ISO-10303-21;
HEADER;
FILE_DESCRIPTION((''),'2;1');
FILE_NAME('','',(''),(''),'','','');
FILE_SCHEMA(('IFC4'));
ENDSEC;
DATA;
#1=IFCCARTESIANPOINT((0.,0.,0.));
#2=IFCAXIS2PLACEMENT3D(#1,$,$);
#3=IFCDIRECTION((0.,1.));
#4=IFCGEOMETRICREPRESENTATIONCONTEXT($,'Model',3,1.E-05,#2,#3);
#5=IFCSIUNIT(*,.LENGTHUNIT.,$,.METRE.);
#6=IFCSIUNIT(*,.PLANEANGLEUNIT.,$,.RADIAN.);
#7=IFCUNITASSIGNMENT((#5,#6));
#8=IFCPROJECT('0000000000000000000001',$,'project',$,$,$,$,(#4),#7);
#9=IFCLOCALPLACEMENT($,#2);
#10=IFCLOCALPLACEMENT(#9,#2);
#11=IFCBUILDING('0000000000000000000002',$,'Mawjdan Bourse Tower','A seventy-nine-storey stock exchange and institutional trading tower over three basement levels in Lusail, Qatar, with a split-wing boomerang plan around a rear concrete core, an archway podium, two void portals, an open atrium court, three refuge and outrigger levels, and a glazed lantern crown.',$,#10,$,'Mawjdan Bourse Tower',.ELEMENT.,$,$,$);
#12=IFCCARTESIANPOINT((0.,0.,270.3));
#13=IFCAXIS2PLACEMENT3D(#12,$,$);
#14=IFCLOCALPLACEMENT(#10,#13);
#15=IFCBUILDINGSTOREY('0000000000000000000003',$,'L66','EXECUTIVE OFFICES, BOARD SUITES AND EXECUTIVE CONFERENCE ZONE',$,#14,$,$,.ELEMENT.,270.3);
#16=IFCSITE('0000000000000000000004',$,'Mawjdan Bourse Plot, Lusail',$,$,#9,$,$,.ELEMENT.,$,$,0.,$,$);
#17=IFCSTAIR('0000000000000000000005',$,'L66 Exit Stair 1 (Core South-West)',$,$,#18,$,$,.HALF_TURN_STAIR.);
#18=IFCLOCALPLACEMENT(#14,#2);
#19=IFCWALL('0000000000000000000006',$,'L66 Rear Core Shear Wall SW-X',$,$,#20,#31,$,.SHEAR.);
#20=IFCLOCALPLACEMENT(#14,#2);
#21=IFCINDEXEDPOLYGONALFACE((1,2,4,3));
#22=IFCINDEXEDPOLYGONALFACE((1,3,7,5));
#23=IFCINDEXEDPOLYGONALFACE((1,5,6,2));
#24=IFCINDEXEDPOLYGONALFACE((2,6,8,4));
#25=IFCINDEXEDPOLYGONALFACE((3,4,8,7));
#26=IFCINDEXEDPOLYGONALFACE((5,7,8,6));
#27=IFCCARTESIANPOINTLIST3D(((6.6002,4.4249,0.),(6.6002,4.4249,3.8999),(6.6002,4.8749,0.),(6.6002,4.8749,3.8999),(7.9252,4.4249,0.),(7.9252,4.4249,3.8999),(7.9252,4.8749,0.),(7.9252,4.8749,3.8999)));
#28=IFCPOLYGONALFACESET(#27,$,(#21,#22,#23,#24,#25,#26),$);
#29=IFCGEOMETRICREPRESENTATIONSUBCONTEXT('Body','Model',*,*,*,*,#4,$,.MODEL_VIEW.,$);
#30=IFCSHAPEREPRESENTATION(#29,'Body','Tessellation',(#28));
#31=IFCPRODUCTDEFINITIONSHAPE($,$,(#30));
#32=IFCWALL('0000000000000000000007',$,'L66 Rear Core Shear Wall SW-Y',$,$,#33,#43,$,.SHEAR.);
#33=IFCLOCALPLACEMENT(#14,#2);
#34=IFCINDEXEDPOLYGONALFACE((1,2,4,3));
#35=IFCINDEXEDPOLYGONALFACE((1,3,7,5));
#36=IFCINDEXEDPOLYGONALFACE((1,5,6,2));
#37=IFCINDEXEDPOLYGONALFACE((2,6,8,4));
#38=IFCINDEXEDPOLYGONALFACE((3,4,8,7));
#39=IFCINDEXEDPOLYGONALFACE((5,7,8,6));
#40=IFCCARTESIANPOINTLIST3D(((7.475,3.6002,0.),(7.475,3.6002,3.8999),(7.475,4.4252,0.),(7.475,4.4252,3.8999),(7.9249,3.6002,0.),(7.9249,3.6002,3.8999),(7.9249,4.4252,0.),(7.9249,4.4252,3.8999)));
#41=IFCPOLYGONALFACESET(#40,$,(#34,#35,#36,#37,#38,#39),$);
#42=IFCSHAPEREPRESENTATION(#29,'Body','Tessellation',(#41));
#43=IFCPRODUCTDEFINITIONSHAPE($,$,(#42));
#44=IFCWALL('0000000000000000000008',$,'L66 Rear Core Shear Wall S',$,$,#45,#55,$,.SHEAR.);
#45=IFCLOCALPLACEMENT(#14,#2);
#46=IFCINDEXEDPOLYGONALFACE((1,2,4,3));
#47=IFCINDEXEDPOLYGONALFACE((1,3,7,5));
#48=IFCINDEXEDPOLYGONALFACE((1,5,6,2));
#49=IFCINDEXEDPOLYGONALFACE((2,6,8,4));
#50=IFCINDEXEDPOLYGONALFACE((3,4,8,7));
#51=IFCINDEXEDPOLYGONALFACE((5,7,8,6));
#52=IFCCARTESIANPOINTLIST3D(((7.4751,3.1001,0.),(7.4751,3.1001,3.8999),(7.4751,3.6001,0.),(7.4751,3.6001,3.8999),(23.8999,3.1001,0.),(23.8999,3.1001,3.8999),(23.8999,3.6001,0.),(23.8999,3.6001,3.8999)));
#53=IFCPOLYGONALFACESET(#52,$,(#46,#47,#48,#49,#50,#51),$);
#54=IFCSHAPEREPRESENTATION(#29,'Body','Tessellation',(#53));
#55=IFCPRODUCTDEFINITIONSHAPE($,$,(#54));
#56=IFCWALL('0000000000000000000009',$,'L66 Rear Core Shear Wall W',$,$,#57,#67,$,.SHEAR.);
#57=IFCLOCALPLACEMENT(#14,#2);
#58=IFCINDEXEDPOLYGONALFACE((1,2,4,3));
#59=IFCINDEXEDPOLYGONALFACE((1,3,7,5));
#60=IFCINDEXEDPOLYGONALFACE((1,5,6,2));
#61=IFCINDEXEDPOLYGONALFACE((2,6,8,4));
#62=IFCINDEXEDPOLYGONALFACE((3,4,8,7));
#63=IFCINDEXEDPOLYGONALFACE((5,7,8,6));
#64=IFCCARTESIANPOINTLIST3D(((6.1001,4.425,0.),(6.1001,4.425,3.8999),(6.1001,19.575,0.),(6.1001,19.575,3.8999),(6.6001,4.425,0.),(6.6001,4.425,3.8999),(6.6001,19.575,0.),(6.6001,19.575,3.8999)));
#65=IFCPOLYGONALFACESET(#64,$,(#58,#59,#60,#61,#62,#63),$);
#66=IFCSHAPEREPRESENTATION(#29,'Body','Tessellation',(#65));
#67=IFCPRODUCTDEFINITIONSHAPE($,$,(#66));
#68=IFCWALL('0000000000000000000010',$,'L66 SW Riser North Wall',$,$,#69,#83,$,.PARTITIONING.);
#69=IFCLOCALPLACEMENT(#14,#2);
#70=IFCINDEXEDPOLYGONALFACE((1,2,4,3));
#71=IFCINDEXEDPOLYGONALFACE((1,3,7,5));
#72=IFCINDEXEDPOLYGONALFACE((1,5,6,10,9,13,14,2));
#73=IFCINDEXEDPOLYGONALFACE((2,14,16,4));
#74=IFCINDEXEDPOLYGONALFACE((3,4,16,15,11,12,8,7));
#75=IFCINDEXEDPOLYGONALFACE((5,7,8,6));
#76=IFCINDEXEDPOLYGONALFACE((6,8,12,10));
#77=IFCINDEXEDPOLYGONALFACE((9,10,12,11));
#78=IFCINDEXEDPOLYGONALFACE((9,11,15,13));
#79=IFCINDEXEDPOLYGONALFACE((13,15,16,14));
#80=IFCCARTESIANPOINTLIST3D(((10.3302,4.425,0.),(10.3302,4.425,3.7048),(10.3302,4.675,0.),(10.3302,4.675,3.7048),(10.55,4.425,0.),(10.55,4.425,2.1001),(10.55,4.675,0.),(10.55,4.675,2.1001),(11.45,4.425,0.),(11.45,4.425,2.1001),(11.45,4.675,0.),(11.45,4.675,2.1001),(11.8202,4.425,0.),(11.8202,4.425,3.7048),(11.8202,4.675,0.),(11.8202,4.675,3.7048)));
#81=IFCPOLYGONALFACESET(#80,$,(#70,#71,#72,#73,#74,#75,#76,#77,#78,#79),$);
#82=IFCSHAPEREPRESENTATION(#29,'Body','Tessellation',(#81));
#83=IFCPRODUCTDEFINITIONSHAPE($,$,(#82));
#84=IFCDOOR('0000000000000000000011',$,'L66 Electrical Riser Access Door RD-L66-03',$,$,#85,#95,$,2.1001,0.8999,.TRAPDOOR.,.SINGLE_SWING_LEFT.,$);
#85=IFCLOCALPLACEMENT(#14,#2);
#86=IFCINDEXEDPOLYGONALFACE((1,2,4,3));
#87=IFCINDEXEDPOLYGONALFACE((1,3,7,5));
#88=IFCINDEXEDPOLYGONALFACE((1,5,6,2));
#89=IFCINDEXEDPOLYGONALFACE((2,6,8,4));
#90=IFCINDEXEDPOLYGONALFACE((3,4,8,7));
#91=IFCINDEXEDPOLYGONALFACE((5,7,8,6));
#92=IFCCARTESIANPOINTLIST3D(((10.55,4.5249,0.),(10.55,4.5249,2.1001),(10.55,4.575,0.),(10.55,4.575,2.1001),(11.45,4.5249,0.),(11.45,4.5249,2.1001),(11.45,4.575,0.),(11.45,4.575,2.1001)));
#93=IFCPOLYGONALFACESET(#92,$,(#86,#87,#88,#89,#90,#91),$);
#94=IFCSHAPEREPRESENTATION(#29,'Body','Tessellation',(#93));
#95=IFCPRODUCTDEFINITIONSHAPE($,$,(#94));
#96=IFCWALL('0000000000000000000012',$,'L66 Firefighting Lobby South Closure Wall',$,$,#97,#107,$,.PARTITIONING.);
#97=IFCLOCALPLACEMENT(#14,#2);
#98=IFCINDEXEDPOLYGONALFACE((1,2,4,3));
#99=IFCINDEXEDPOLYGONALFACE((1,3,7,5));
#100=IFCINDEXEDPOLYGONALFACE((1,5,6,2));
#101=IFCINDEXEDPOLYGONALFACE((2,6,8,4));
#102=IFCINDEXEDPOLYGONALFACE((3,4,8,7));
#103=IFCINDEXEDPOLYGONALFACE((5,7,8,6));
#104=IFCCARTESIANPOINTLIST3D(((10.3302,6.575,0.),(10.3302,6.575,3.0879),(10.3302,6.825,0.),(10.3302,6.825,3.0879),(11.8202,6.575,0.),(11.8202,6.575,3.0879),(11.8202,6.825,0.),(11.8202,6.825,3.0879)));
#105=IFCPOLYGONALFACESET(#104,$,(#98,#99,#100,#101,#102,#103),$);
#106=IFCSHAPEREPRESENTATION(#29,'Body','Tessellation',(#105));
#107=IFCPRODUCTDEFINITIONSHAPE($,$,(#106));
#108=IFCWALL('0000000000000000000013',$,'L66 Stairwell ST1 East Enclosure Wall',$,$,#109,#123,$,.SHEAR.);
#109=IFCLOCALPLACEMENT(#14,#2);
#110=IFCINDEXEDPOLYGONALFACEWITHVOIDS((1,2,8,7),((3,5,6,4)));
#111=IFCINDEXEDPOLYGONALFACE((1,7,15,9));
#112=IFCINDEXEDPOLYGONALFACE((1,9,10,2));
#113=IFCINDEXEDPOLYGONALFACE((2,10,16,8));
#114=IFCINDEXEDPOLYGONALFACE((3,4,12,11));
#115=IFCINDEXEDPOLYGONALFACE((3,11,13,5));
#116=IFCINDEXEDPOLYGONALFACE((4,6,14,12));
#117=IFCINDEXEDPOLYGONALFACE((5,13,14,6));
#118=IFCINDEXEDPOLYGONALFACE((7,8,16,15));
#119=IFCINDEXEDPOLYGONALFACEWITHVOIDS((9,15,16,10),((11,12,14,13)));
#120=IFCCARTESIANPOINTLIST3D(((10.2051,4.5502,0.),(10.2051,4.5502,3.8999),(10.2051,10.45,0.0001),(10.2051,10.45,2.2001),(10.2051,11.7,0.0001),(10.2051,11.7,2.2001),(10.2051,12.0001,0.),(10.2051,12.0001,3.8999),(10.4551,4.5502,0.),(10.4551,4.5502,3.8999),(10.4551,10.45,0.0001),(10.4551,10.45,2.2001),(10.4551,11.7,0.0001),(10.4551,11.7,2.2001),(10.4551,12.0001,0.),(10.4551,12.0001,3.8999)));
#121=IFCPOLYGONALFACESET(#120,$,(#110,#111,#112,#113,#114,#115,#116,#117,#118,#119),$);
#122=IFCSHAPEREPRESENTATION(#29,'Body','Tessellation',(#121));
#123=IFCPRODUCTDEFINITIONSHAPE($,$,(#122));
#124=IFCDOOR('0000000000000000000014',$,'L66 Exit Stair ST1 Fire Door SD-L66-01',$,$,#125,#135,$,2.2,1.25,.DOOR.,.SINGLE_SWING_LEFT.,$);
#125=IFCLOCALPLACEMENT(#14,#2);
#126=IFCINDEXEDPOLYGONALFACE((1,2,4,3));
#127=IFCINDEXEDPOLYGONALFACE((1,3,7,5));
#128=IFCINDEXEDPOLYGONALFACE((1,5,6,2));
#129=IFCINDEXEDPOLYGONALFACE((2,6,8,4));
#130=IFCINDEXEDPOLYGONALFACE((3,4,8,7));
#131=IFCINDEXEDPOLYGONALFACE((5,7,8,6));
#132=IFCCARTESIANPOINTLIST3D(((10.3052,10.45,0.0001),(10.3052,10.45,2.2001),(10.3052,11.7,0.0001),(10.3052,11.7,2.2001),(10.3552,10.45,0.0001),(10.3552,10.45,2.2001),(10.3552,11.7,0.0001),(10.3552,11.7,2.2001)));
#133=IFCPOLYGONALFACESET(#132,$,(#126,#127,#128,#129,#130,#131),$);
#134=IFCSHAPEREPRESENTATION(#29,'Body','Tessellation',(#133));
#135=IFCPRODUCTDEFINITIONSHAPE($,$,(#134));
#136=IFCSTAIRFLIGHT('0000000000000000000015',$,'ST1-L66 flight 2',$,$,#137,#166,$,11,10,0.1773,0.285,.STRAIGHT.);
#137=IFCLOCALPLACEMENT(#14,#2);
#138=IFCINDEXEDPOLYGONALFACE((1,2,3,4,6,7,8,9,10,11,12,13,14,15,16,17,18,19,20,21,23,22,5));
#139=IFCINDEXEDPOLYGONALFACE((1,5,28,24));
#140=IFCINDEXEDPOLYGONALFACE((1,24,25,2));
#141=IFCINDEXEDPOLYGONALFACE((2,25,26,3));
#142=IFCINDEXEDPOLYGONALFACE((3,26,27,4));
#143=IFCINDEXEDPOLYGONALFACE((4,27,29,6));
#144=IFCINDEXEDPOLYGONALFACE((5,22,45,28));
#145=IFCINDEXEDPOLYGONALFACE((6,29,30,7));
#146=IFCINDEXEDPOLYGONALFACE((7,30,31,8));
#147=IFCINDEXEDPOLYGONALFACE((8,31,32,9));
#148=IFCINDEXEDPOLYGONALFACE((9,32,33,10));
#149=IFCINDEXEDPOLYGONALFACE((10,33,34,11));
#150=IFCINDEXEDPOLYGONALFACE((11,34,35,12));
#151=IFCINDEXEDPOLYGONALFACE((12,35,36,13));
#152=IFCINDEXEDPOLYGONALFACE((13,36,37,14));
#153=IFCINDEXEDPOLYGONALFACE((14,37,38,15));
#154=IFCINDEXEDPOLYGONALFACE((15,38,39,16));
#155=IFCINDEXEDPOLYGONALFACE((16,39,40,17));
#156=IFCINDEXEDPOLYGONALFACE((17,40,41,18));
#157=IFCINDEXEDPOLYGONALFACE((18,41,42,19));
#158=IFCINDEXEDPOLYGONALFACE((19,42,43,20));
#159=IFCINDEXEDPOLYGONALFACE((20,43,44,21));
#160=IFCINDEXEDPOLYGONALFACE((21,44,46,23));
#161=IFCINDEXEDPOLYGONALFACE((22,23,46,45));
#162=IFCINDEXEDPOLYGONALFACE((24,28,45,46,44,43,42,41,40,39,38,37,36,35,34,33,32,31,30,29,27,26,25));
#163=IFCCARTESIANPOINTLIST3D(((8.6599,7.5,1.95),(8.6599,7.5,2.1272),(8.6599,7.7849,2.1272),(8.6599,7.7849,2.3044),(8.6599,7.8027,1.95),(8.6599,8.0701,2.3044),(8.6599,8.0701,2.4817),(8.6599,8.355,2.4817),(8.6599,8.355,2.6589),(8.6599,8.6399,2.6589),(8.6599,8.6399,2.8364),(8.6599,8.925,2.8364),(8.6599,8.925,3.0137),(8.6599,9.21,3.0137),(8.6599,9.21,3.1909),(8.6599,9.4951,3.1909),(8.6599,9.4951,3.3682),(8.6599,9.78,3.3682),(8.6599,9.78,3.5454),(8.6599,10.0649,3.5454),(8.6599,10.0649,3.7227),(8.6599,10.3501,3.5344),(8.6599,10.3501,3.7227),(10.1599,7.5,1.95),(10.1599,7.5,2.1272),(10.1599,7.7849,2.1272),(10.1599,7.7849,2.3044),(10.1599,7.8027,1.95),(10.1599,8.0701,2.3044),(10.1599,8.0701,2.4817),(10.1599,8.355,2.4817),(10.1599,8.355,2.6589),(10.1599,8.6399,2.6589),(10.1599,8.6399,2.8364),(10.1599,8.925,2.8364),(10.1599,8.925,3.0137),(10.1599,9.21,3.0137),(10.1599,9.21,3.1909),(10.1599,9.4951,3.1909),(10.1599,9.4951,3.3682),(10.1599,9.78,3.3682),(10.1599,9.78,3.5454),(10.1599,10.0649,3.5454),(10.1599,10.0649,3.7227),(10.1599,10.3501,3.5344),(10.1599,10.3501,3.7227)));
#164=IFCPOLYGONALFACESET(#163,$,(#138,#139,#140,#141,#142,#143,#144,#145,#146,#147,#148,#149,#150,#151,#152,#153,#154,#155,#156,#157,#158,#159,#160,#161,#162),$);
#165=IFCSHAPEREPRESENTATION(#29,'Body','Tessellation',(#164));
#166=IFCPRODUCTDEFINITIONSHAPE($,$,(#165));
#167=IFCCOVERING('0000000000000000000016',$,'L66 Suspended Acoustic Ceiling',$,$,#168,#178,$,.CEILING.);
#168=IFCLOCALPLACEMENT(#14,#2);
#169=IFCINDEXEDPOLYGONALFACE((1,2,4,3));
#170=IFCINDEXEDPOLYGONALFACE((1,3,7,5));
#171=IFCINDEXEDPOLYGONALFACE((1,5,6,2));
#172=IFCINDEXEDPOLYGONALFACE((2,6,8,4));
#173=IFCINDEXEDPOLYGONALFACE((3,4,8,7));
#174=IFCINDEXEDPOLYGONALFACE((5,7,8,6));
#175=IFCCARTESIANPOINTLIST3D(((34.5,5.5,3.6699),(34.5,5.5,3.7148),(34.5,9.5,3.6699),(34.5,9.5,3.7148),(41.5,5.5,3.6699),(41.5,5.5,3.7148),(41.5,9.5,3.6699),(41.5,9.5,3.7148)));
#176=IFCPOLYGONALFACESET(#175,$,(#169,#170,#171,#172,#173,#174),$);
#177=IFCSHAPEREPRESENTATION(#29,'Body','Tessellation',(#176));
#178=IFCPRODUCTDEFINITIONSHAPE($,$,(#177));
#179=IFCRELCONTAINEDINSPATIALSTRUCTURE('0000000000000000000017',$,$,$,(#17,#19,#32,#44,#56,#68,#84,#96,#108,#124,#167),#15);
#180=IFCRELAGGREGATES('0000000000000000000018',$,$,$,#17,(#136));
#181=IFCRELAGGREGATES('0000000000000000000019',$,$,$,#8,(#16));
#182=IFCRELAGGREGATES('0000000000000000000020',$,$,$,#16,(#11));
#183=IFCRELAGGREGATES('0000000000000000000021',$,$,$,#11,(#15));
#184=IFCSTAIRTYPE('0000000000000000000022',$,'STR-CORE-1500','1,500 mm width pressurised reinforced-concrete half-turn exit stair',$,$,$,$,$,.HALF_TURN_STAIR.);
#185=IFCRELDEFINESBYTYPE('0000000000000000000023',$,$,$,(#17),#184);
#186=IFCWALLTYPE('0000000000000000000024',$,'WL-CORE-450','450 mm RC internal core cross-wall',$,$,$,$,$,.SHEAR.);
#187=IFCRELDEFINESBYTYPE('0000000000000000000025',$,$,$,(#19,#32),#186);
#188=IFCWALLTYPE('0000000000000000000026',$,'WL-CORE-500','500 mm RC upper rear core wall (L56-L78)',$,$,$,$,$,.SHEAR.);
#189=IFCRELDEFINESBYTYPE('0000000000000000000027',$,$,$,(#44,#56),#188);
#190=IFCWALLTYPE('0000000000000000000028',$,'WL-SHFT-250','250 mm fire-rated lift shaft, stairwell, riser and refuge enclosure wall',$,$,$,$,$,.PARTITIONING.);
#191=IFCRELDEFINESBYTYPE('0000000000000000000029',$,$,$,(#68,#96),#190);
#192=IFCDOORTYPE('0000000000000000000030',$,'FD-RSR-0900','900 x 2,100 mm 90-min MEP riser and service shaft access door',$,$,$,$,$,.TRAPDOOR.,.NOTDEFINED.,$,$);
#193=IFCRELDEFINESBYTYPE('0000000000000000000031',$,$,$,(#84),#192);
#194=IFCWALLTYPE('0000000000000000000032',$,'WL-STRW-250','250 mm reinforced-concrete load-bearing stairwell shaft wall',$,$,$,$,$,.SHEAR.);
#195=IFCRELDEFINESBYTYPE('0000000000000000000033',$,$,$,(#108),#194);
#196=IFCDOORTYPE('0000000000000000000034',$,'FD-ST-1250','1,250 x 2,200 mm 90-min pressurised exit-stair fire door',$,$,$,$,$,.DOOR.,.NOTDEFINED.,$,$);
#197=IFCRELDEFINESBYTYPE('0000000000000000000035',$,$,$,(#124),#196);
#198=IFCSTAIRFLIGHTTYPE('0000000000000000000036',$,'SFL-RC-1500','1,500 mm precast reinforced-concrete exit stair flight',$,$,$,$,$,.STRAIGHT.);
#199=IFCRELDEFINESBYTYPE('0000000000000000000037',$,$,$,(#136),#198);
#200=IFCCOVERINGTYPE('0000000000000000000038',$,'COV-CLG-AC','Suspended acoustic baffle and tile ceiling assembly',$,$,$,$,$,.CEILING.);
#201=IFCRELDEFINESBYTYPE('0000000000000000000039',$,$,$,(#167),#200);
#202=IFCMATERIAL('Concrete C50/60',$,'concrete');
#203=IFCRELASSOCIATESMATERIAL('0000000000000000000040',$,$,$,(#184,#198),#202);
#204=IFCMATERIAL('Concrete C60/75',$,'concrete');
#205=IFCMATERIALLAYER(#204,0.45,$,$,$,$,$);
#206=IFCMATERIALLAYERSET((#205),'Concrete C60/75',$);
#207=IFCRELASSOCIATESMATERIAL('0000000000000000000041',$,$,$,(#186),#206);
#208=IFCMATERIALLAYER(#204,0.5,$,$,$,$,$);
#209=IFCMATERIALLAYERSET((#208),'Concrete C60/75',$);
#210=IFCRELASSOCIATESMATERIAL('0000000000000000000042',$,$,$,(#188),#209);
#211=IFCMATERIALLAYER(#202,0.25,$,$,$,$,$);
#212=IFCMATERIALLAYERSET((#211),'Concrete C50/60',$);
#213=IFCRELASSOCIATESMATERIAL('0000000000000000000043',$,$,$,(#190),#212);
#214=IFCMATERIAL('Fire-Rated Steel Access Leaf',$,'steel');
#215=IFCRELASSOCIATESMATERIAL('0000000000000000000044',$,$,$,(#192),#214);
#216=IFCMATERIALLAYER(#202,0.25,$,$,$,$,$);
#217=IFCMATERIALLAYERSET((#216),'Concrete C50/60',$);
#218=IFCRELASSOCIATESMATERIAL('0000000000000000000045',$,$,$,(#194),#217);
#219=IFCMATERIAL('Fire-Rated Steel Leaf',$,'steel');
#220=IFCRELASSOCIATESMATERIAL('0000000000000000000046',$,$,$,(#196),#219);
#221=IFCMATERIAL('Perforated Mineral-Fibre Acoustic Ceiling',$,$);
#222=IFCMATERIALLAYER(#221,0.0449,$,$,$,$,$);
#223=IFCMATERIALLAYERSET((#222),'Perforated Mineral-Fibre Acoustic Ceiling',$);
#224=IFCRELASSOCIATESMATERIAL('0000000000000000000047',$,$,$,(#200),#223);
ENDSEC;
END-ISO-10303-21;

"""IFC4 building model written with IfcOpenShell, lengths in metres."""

from ifc_helpers import new_model, si_unit, direction, frame, frame_2d, origin, place, context, subcontext, project, spatial, polyline, rectangle, outline, extrude, material, layer, layer_set, type_object, element, fill, aggregate, save


model = new_model("IFC4")

# Units and contexts
model_context = context("Model", 3, precision=1e-05, world=origin(), true_north=direction((0.0, 1.0)))
body_context = subcontext(model_context, "Body", "Model", "MODEL_VIEW")
ifc_project = project(units=[si_unit("LENGTHUNIT", "METRE"), si_unit("PLANEANGLEUNIT", "RADIAN")], contexts=[model_context])

# Site, building, storey
site_placement = place(None, origin())
site = spatial("IfcSite", under=ifc_project, at=site_placement, Name="Mawjdan Bourse Plot, Lusail", CompositionType="ELEMENT", RefElevation=0.0)
building_placement = place(site_placement, origin())
building = spatial("IfcBuilding", under=site, at=building_placement, Name="Mawjdan Bourse Tower", Description="A seventy-nine-storey stock exchange and institutional trading tower over three basement levels in Lusail, Qatar, with a split-wing boomerang plan around a rear concrete core, an archway podium, two void portals, an open atrium court, three refuge and outrigger levels, and a glazed lantern crown.", LongName="Mawjdan Bourse Tower", CompositionType="ELEMENT")
storey_placement = place(building_placement, frame((0.0, 0.0, 270.3)))
storey = spatial("IfcBuildingStorey", under=building, at=storey_placement, Name="L66", Description="EXECUTIVE OFFICES, BOARD SUITES AND EXECUTIVE CONFERENCE ZONE", CompositionType="ELEMENT", Elevation=270.3)

# Stair
ifc_material_1 = material(Name="Concrete C50/60", Category="concrete")
stair_type = type_object("IfcStairType", Name="STR-CORE-1500", Description="1,500 mm width pressurised reinforced-concrete half-turn exit stair", PredefinedType="HALF_TURN_STAIR", material=ifc_material_1)
stair_1_placement = place(storey_placement, origin())
stair_1 = element("IfcStair", 1, at=stair_1_placement, inside=storey, type_object=stair_type, Name="L66 Exit Stair 1 (Core South-West)", PredefinedType="HALF_TURN_STAIR")

# Walls
ifc_material_2 = material(Name="Concrete C60/75", Category="concrete")
ifc_layer_1 = layer(ifc_material_2, 0.45)
ifc_layer_set_1 = layer_set([ifc_layer_1], Name="Concrete C60/75")
wall_type_1 = type_object("IfcWallType", Name="WL-CORE-450", Description="450 mm RC internal core cross-wall", PredefinedType="SHEAR", material=ifc_layer_set_1)
wall_1_placement = place(storey_placement, frame((6.6001, 4.6499, 0.0), z_axis=(0.0, 0.0, 1.0), x_axis=(1.0, 0.0, 0.0)))
element("IfcWall", 2, at=wall_1_placement, inside=storey, type_object=wall_type_1, Name="L66 Rear Core Shear Wall SW-X", PredefinedType="SHEAR", context=body_context, shape_type="SweptSolid", body=[
    extrude(rectangle(XDim=1.325, YDim=0.45, at=frame_2d((0.6626, 0.0))), origin(), (0.0, 0.0, 1.0), 3.8999),
])
wall_2_placement = place(storey_placement, frame((7.7, 3.6001, 0.0), z_axis=(0.0, 0.0, 1.0), x_axis=(0.0, 1.0, 0.0)))
element("IfcWall", 3, at=wall_2_placement, inside=storey, type_object=wall_type_1, Name="L66 Rear Core Shear Wall SW-Y", PredefinedType="SHEAR", context=body_context, shape_type="SweptSolid", body=[
    extrude(rectangle(XDim=0.825, YDim=0.45, at=frame_2d((0.4126, 0.0))), origin(), (0.0, 0.0, 1.0), 3.8999),
])
ifc_layer_2 = layer(ifc_material_2, 0.5)
ifc_layer_set_2 = layer_set([ifc_layer_2], Name="Concrete C60/75")
wall_type_2 = type_object("IfcWallType", Name="WL-CORE-500", Description="500 mm RC upper rear core wall (L56-L78)", PredefinedType="SHEAR", material=ifc_layer_set_2)
wall_3_placement = place(storey_placement, frame((7.4751, 3.3501, 0.0), z_axis=(0.0, 0.0, 1.0), x_axis=(1.0, 0.0, 0.0)))
element("IfcWall", 4, at=wall_3_placement, inside=storey, type_object=wall_type_2, Name="L66 Rear Core Shear Wall S", PredefinedType="SHEAR", context=body_context, shape_type="SweptSolid", body=[
    extrude(rectangle(XDim=16.4248, YDim=0.5, at=frame_2d((8.2124, 0.0))), origin(), (0.0, 0.0, 1.0), 3.8999),
])
wall_4_placement = place(storey_placement, frame((6.3501, 4.425, 0.0), z_axis=(0.0, 0.0, 1.0), x_axis=(0.0, 1.0, 0.0)))
element("IfcWall", 5, at=wall_4_placement, inside=storey, type_object=wall_type_2, Name="L66 Rear Core Shear Wall W", PredefinedType="SHEAR", context=body_context, shape_type="SweptSolid", body=[
    extrude(rectangle(XDim=15.1499, YDim=0.5, at=frame_2d((7.575, 0.0))), origin(), (0.0, 0.0, 1.0), 3.8999),
])

# Wall, opening, door
ifc_layer_3 = layer(ifc_material_1, 0.25)
ifc_layer_set_3 = layer_set([ifc_layer_3], Name="Concrete C50/60")
wall_type_3 = type_object("IfcWallType", Name="WL-SHFT-250", Description="250 mm fire-rated lift shaft, stairwell, riser and refuge enclosure wall", PredefinedType="PARTITIONING", material=ifc_layer_set_3)
wall_5_placement = place(storey_placement, frame((10.3301, 4.55, 0.0), z_axis=(0.0, 0.0, 1.0), x_axis=(1.0, 0.0, 0.0)))
wall_5 = element("IfcWall", 6, at=wall_5_placement, inside=storey, type_object=wall_type_3, Name="L66 SW Riser North Wall", PredefinedType="PARTITIONING", context=body_context, shape_type="SweptSolid", body=[
    extrude(rectangle(XDim=1.49, YDim=0.25, at=frame_2d((0.7451, 0.0))), origin(), (0.0, 0.0, 1.0), 3.7048),
])
opening_1_placement = place(wall_5_placement, frame((0.22, 0.0, 0.0)))
opening_1 = element("IfcOpeningElement", 7, at=opening_1_placement, cuts=wall_5, PredefinedType="OPENING", context=body_context, shape_type="SweptSolid", body=[
    extrude(rectangle(XDim=0.8999, YDim=2.1001, at=frame_2d((0.45, 1.05))), frame((0.0, 0.135, 0.0), z_axis=(0.0, -1.0, 0.0), x_axis=(1.0, 0.0, 0.0)), (0.0, 0.0, 1.0), 0.27),
])
ifc_material_3 = material(Name="Fire-Rated Steel Access Leaf", Category="steel")
door_type_1 = type_object("IfcDoorType", Name="FD-RSR-0900", Description="900 x 2,100 mm 90-min MEP riser and service shaft access door", OperationType="NOTDEFINED", PredefinedType="TRAPDOOR", material=ifc_material_3)
door_1_placement = place(opening_1_placement, origin())
door_1 = element("IfcDoor", 8, at=door_1_placement, inside=storey, type_object=door_type_1, Name="L66 Electrical Riser Access Door RD-L66-03", OperationType="SINGLE_SWING_LEFT", OverallHeight=2.1001, OverallWidth=0.8999, PredefinedType="TRAPDOOR", context=body_context, shape_type="SweptSolid", body=[
    extrude(rectangle(XDim=0.8999, YDim=2.1001, at=frame_2d((0.45, 1.05))), frame((0.0, 0.0249, 0.0), z_axis=(0.0, -1.0, 0.0), x_axis=(1.0, 0.0, 0.0)), (0.0, 0.0, 1.0), 0.05),
])
fill(opening_1, door_1)

# Wall
wall_6_placement = place(storey_placement, frame((10.3301, 6.7, 0.0), z_axis=(0.0, 0.0, 1.0), x_axis=(1.0, 0.0, 0.0)))
element("IfcWall", 9, at=wall_6_placement, inside=storey, type_object=wall_type_3, Name="L66 Firefighting Lobby South Closure Wall", PredefinedType="PARTITIONING", context=body_context, shape_type="SweptSolid", body=[
    extrude(rectangle(XDim=1.49, YDim=0.25, at=frame_2d((0.7451, 0.0))), origin(), (0.0, 0.0, 1.0), 3.0879),
])
ifc_layer_4 = layer(ifc_material_1, 0.25)
ifc_layer_set_4 = layer_set([ifc_layer_4], Name="Concrete C50/60")
wall_type_4 = type_object("IfcWallType", Name="WL-STRW-250", Description="250 mm reinforced-concrete load-bearing stairwell shaft wall", PredefinedType="SHEAR", material=ifc_layer_set_4)

# Wall, opening, door
wall_7_placement = place(storey_placement, frame((10.3301, 4.55, 0.0), z_axis=(0.0, 0.0, 1.0), x_axis=(0.0, 1.0, 0.0)))
wall_7 = element("IfcWall", 10, at=wall_7_placement, inside=storey, type_object=wall_type_4, Name="L66 Stairwell ST1 East Enclosure Wall", PredefinedType="SHEAR", context=body_context, shape_type="SweptSolid", body=[
    extrude(rectangle(XDim=7.45, YDim=0.25, at=frame_2d((3.7251, 0.0))), origin(), (0.0, 0.0, 1.0), 3.8999),
])
opening_2_placement = place(wall_7_placement, frame((5.8999, 0.0, 0.0)))
opening_2 = element("IfcOpeningElement", 11, at=opening_2_placement, cuts=wall_7, PredefinedType="OPENING", context=body_context, shape_type="SweptSolid", body=[
    extrude(rectangle(XDim=1.25, YDim=2.2, at=frame_2d((0.625, 1.1001))), frame((0.0, 0.135, 0.0), z_axis=(0.0, -1.0, 0.0), x_axis=(1.0, 0.0, 0.0)), (0.0, 0.0, 1.0), 0.27),
])
ifc_material_4 = material(Name="Fire-Rated Steel Leaf", Category="steel")
door_type_2 = type_object("IfcDoorType", Name="FD-ST-1250", Description="1,250 x 2,200 mm 90-min pressurised exit-stair fire door", OperationType="NOTDEFINED", PredefinedType="DOOR", material=ifc_material_4)
door_2_placement = place(opening_2_placement, origin())
door_2 = element("IfcDoor", 12, at=door_2_placement, inside=storey, type_object=door_type_2, Name="L66 Exit Stair ST1 Fire Door SD-L66-01", OperationType="SINGLE_SWING_LEFT", OverallHeight=2.2, OverallWidth=1.25, PredefinedType="DOOR", context=body_context, shape_type="SweptSolid", body=[
    extrude(rectangle(XDim=1.25, YDim=2.2, at=frame_2d((0.625, 1.1001))), frame((0.0, 0.0249, 0.0), z_axis=(0.0, -1.0, 0.0), x_axis=(1.0, 0.0, 0.0)), (0.0, 0.0, 1.0), 0.05),
])
fill(opening_2, door_2)

# Stair flight
stair_flight_type = type_object("IfcStairFlightType", Name="SFL-RC-1500", Description="1,500 mm precast reinforced-concrete exit stair flight", PredefinedType="STRAIGHT", material=ifc_material_1)
stair_flight_placement = place(storey_placement, frame((9.4099, 7.5, 1.95), z_axis=(0.0, 0.0, 1.0), x_axis=(0.0, 1.0, 0.0)))
stair_flight = element("IfcStairFlight", 13, at=stair_flight_placement, type_object=stair_flight_type, Name="ST1-L66 flight 2", NumberOfRisers=11, NumberOfTreads=10, PredefinedType="STRAIGHT", RiserHeight=0.1773, TreadLength=0.285, context=body_context, shape_type="SweptSolid", body=[
    extrude(outline(polyline([(0.0, 0.0), (0.0, 0.1772), (0.2849, 0.1772), (0.2849, 0.3545), (0.5701, 0.3545), (0.5701, 0.5317), (0.855, 0.5317), (0.855, 0.709), (1.1399, 0.709), (1.1399, 0.8865), (1.425, 0.8865), (1.425, 1.0637), (1.71, 1.0637), (1.71, 1.241), (1.9951, 1.241), (1.9951, 1.4182), (2.28, 1.4182), (2.28, 1.5955), (2.5649, 1.5955), (2.5649, 1.7727), (2.8501, 1.7727), (2.8501, 1.95), (2.8501, 1.5845), (0.3027, 0.0), (0.0, 0.0)])), frame((0.0, 0.75, 0.0), z_axis=(0.0, -1.0, 0.0), x_axis=(1.0, 0.0, 0.0)), (0.0, 0.0, 1.0), 1.5),
])
aggregate(stair_1, [stair_flight])

# Covering
ifc_material_5 = material(Name="Perforated Mineral-Fibre Acoustic Ceiling")
ifc_layer_5 = layer(ifc_material_5, 0.0449)
ifc_layer_set_5 = layer_set([ifc_layer_5], Name="Perforated Mineral-Fibre Acoustic Ceiling")
covering_type = type_object("IfcCoveringType", Name="COV-CLG-AC", Description="Suspended acoustic baffle and tile ceiling assembly", PredefinedType="CEILING", material=ifc_layer_set_5)
covering_placement = place(storey_placement, frame((0.0, 0.0, 3.6699)))
element("IfcCovering", 14, at=covering_placement, inside=storey, type_object=covering_type, Name="L66 Suspended Acoustic Ceiling", PredefinedType="CEILING", context=body_context, shape_type="SweptSolid", body=[
    extrude(outline(polyline([(34.5, 5.5), (41.5, 5.5), (41.5, 9.5), (34.5, 9.5), (34.5, 5.5)])), origin(), (0.0, 0.0, 1.0), 0.0449),
])

save(model, "model.ifc")
